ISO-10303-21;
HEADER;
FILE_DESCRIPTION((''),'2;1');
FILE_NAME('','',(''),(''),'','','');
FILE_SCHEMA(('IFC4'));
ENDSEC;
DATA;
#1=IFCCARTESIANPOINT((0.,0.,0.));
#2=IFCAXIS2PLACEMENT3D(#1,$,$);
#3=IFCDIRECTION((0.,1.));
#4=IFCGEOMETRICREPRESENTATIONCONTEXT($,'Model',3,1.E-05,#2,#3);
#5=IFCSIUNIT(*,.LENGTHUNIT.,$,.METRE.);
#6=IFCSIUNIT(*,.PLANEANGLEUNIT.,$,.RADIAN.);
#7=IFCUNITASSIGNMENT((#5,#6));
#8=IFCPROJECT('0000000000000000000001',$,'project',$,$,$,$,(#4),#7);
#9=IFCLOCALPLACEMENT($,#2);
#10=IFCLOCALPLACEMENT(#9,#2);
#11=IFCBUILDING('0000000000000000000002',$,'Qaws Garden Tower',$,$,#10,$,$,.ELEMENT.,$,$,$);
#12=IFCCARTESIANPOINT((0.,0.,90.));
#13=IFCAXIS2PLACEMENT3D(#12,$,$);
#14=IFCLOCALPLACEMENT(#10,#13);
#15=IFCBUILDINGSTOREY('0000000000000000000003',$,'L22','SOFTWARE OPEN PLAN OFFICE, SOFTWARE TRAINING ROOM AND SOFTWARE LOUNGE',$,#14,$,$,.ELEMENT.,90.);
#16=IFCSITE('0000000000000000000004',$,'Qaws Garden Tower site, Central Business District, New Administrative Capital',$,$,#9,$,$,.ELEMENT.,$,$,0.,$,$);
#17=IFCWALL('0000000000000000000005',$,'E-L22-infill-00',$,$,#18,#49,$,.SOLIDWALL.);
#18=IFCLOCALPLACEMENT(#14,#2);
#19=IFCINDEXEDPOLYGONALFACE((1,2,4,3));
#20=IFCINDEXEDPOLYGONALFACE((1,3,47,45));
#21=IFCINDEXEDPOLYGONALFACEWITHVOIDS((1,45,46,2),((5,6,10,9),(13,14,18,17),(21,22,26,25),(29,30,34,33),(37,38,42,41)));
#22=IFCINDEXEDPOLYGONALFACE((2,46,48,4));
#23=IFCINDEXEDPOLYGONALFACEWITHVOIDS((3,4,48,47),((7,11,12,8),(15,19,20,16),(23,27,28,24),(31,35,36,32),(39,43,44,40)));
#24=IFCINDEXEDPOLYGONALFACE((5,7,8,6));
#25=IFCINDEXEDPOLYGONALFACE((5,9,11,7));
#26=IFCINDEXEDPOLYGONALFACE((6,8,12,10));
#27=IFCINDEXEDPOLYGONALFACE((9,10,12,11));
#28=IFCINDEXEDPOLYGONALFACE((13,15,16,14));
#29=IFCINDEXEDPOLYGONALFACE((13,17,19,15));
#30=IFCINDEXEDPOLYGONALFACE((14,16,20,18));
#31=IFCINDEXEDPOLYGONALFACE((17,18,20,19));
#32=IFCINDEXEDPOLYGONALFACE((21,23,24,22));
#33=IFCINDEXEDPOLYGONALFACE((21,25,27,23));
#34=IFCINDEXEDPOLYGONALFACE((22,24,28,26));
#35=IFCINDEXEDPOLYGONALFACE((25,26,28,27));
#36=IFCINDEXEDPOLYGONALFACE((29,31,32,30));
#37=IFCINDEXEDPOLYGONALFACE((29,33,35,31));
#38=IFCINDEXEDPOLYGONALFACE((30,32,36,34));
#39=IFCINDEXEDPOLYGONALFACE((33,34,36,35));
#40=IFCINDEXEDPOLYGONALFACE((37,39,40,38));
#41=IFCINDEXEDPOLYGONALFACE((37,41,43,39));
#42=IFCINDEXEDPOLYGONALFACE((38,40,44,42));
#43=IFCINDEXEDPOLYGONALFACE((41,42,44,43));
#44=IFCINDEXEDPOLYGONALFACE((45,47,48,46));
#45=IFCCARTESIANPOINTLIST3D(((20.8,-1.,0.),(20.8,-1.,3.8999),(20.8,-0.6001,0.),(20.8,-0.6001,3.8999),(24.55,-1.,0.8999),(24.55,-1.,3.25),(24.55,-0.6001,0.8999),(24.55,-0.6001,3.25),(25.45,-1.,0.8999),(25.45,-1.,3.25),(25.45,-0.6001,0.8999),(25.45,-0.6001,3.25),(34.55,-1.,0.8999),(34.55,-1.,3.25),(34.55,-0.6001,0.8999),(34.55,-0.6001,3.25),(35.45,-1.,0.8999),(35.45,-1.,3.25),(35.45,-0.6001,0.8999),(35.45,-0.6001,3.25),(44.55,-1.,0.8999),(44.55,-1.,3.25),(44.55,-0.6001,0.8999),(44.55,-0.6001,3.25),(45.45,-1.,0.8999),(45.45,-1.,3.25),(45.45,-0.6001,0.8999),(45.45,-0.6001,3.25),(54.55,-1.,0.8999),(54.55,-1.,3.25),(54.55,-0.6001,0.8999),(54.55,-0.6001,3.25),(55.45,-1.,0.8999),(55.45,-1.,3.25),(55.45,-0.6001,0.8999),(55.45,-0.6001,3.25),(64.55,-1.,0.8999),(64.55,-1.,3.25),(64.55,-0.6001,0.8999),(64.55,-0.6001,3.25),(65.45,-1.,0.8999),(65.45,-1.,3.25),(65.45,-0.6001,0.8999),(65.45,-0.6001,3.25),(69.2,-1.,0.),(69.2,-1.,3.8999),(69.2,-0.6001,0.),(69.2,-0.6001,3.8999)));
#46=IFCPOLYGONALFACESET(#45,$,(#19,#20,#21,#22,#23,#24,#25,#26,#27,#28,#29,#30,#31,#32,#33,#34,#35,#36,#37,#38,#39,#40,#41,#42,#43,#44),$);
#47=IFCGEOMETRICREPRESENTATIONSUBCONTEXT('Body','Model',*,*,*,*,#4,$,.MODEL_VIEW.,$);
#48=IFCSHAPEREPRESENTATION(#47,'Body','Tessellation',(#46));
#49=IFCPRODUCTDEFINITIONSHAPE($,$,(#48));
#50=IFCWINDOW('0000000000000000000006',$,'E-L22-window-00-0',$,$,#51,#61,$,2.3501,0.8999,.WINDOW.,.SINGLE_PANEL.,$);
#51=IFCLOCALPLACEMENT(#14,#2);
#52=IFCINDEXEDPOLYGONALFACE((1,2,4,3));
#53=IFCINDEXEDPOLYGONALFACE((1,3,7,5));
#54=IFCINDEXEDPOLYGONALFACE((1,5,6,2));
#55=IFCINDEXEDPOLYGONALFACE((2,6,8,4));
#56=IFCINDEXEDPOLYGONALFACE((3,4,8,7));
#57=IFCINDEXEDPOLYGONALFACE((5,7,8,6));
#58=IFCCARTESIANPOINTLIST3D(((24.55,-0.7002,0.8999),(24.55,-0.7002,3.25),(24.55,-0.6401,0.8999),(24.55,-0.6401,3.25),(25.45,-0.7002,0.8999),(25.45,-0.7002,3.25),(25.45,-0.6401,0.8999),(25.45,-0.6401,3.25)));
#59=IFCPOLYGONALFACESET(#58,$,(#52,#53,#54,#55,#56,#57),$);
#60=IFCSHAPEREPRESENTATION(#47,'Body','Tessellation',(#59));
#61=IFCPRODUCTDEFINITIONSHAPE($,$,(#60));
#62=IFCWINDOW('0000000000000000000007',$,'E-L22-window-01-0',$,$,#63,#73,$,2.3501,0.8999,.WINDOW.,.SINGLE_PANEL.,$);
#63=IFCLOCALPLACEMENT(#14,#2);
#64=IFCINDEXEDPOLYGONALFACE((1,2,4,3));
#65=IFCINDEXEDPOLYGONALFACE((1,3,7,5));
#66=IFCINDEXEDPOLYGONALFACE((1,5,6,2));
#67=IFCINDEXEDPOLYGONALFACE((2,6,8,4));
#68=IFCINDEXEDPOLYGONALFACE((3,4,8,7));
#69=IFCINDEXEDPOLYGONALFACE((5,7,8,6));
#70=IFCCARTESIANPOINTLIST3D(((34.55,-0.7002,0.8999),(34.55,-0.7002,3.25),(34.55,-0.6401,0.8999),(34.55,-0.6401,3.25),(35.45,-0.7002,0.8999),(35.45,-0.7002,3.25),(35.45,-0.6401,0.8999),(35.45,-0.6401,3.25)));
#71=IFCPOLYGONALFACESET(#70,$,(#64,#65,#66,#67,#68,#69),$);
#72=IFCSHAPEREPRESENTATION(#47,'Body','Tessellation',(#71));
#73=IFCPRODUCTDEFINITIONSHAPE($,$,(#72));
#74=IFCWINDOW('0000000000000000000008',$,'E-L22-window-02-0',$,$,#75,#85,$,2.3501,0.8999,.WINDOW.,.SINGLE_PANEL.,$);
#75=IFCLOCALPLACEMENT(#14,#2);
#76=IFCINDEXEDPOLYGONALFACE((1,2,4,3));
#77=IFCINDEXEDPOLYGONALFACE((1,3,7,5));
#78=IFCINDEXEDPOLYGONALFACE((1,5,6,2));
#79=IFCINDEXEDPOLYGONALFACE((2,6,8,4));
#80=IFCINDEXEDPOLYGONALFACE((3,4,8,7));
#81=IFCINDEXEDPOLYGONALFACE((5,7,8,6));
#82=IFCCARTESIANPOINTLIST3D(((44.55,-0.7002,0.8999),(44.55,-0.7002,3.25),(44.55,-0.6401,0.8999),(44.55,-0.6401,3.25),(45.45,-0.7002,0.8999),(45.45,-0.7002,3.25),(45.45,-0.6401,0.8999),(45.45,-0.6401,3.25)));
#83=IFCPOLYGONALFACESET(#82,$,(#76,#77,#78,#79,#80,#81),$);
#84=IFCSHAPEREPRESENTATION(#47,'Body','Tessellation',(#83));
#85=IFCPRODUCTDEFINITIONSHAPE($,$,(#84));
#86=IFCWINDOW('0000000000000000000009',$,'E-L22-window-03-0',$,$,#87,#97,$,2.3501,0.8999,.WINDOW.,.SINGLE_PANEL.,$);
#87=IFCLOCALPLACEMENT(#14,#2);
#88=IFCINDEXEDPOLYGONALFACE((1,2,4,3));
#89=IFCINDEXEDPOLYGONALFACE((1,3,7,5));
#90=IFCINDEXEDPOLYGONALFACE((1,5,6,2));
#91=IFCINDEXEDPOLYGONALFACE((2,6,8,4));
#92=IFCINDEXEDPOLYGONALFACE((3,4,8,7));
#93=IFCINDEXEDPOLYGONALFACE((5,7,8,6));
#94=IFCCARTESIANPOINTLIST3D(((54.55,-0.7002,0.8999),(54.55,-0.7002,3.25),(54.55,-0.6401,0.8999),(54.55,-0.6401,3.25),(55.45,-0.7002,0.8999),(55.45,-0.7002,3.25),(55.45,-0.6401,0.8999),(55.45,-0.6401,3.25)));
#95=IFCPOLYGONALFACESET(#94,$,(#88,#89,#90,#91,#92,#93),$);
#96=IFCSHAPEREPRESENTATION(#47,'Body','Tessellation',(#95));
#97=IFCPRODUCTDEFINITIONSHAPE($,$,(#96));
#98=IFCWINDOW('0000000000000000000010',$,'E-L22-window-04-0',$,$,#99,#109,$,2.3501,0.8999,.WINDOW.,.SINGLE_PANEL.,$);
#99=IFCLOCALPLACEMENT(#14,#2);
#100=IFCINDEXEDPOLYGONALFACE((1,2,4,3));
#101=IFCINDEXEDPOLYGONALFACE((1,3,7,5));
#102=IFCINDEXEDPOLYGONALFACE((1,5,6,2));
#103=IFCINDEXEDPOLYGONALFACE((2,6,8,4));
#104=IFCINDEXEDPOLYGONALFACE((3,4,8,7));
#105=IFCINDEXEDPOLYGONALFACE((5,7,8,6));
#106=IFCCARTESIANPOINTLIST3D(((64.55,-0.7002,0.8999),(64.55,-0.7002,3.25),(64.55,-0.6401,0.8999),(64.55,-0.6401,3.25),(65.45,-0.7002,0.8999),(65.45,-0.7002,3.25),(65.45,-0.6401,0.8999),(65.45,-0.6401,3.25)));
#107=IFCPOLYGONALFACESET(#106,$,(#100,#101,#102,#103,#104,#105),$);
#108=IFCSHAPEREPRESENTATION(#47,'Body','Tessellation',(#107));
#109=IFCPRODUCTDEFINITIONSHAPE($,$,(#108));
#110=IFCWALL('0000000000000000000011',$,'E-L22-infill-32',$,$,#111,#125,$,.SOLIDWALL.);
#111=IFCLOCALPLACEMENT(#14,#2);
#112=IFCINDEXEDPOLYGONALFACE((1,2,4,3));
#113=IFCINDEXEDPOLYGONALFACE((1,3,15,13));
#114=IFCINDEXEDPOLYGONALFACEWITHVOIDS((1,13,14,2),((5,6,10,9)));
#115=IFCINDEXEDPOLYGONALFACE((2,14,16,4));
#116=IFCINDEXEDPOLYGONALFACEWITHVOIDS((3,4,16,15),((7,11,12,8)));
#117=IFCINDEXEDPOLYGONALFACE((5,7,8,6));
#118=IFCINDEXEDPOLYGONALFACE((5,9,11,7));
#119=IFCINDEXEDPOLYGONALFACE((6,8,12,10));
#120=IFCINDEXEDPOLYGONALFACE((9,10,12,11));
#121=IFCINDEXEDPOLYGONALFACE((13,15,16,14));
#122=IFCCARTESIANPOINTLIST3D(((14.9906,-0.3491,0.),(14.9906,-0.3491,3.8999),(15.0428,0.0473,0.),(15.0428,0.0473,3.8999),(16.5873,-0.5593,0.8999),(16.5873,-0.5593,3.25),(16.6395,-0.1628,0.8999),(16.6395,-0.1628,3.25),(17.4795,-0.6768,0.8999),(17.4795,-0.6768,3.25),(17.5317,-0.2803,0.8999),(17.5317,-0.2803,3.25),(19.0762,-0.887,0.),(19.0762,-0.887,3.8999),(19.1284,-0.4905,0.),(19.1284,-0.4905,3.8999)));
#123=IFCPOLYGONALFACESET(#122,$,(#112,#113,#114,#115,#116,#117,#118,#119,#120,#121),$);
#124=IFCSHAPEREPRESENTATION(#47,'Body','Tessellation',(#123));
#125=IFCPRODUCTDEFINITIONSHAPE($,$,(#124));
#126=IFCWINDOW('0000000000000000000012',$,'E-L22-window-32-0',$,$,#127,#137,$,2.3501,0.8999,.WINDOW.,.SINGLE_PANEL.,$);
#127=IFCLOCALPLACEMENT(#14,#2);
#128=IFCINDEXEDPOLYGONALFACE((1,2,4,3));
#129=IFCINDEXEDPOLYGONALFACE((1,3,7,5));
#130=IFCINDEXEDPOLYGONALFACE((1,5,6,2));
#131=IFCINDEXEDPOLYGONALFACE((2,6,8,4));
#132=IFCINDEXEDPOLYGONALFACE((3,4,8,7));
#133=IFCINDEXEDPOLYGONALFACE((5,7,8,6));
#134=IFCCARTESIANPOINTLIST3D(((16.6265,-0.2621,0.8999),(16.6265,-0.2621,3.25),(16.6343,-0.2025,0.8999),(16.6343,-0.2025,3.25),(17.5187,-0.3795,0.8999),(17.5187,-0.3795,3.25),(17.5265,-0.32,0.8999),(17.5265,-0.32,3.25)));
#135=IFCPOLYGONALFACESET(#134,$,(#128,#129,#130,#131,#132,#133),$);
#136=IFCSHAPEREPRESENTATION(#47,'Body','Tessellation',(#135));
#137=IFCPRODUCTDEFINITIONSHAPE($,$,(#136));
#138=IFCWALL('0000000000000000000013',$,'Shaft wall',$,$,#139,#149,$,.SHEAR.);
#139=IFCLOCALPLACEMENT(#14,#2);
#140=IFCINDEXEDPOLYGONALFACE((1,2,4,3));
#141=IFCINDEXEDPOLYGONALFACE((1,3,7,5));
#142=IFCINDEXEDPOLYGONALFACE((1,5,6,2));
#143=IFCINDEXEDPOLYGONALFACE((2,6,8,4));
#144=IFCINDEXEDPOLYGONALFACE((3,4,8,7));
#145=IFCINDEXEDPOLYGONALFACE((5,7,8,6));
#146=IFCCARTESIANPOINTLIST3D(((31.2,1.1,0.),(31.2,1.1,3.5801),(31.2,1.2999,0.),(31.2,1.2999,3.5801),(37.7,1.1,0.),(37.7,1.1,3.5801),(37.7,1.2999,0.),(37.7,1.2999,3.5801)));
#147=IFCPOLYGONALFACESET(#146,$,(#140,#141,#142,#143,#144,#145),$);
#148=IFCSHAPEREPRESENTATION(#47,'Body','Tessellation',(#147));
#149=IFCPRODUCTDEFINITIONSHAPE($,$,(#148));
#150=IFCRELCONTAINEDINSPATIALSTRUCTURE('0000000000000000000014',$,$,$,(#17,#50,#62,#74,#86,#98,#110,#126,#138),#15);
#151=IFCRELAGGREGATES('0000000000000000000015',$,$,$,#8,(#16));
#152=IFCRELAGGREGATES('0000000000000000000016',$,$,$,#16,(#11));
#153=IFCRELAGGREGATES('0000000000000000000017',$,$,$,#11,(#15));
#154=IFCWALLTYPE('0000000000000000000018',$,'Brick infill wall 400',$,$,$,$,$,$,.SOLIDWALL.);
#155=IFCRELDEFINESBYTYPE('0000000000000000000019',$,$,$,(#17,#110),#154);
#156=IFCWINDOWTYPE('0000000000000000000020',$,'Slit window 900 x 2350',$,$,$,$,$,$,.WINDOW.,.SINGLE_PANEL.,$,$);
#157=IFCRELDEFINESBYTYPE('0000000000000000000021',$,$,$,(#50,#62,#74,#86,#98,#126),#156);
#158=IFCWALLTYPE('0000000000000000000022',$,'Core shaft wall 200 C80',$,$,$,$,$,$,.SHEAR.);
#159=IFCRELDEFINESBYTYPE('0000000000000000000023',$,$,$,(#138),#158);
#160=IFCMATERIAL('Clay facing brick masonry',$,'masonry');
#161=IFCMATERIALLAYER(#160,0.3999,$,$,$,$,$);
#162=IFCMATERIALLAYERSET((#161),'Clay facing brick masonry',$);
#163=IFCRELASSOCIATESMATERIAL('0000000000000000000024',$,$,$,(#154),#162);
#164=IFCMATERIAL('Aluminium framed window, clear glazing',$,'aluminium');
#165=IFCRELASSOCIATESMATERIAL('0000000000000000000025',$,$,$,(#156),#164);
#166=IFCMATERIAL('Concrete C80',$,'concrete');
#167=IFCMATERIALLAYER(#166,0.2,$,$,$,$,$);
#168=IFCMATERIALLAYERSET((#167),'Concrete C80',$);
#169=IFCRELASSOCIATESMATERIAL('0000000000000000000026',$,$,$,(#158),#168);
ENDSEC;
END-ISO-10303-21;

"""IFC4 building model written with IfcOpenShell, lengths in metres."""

from ifc_helpers import new_model, si_unit, direction, frame, frame_2d, origin, place, context, subcontext, project, spatial, rectangle, extrude, material, layer, layer_set, type_object, element, fill, save


model = new_model("IFC4")

# Units and contexts
model_context = context("Model", 3, precision=1e-05, world=origin(), true_north=direction((0.0, 1.0)))
body_context = subcontext(model_context, "Body", "Model", "MODEL_VIEW")
ifc_project = project(units=[si_unit("LENGTHUNIT", "METRE"), si_unit("PLANEANGLEUNIT", "RADIAN")], contexts=[model_context])

# Site, building, storey
site_placement = place(None, origin())
site = spatial("IfcSite", under=ifc_project, at=site_placement, Name="Qaws Garden Tower site, Central Business District, New Administrative Capital", CompositionType="ELEMENT", RefElevation=0.0)
building_placement = place(site_placement, origin())
building = spatial("IfcBuilding", under=site, at=building_placement, Name="Qaws Garden Tower", CompositionType="ELEMENT")
storey_placement = place(building_placement, frame((0.0, 0.0, 90.0)))
storey = spatial("IfcBuildingStorey", under=building, at=storey_placement, Name="L22", Description="SOFTWARE OPEN PLAN OFFICE, SOFTWARE TRAINING ROOM AND SOFTWARE LOUNGE", CompositionType="ELEMENT", Elevation=90.0)

# Wall, openings, windows
ifc_material_1 = material(Name="Clay facing brick masonry", Category="masonry")
ifc_layer_1 = layer(ifc_material_1, 0.3999)
ifc_layer_set_1 = layer_set([ifc_layer_1], Name="Clay facing brick masonry")
wall_type_1 = type_object("IfcWallType", Name="Brick infill wall 400", PredefinedType="SOLIDWALL", material=ifc_layer_set_1)
wall_1_placement = place(storey_placement, frame((20.8, -0.8, 0.0), z_axis=(0.0, 0.0, 1.0), x_axis=(1.0, 0.0, 0.0)))
wall_1 = element("IfcWall", 1, at=wall_1_placement, inside=storey, type_object=wall_type_1, Name="E-L22-infill-00", PredefinedType="SOLIDWALL", context=body_context, shape_type="SweptSolid", body=[
    extrude(rectangle(XDim=48.3999, YDim=0.3999, at=frame_2d((24.2, 0.0))), origin(), (0.0, 0.0, 1.0), 3.8999),
])
opening_1_placement = place(wall_1_placement, frame((3.75, 0.0, 0.8999)))
opening_1 = element("IfcOpeningElement", 2, at=opening_1_placement, cuts=wall_1, PredefinedType="OPENING", context=body_context, shape_type="SweptSolid", body=[
    extrude(rectangle(XDim=0.8999, YDim=2.3501, at=frame_2d((0.45, 1.175))), frame((0.0, 0.21, 0.0), z_axis=(0.0, -1.0, 0.0), x_axis=(1.0, 0.0, 0.0)), (0.0, 0.0, 1.0), 0.4199),
])
opening_2_placement = place(wall_1_placement, frame((13.75, 0.0, 0.8999)))
opening_2 = element("IfcOpeningElement", 3, at=opening_2_placement, cuts=wall_1, PredefinedType="OPENING", context=body_context, shape_type="SweptSolid", body=[
    extrude(rectangle(XDim=0.8999, YDim=2.3501, at=frame_2d((0.45, 1.175))), frame((0.0, 0.21, 0.0), z_axis=(0.0, -1.0, 0.0), x_axis=(1.0, 0.0, 0.0)), (0.0, 0.0, 1.0), 0.4199),
])
opening_3_placement = place(wall_1_placement, frame((23.75, 0.0, 0.8999)))
opening_3 = element("IfcOpeningElement", 4, at=opening_3_placement, cuts=wall_1, PredefinedType="OPENING", context=body_context, shape_type="SweptSolid", body=[
    extrude(rectangle(XDim=0.8999, YDim=2.3501, at=frame_2d((0.45, 1.175))), frame((0.0, 0.21, 0.0), z_axis=(0.0, -1.0, 0.0), x_axis=(1.0, 0.0, 0.0)), (0.0, 0.0, 1.0), 0.4199),
])
opening_4_placement = place(wall_1_placement, frame((33.75, 0.0, 0.8999)))
opening_4 = element("IfcOpeningElement", 5, at=opening_4_placement, cuts=wall_1, PredefinedType="OPENING", context=body_context, shape_type="SweptSolid", body=[
    extrude(rectangle(XDim=0.8999, YDim=2.3501, at=frame_2d((0.45, 1.175))), frame((0.0, 0.21, 0.0), z_axis=(0.0, -1.0, 0.0), x_axis=(1.0, 0.0, 0.0)), (0.0, 0.0, 1.0), 0.4199),
])
opening_5_placement = place(wall_1_placement, frame((43.75, 0.0, 0.8999)))
opening_5 = element("IfcOpeningElement", 6, at=opening_5_placement, cuts=wall_1, PredefinedType="OPENING", context=body_context, shape_type="SweptSolid", body=[
    extrude(rectangle(XDim=0.8999, YDim=2.3501, at=frame_2d((0.45, 1.175))), frame((0.0, 0.21, 0.0), z_axis=(0.0, -1.0, 0.0), x_axis=(1.0, 0.0, 0.0)), (0.0, 0.0, 1.0), 0.4199),
])
ifc_material_2 = material(Name="Aluminium framed window, clear glazing", Category="aluminium")
window_type = type_object("IfcWindowType", Name="Slit window 900 x 2350", PartitioningType="SINGLE_PANEL", PredefinedType="WINDOW", material=ifc_material_2)
window_1_placement = place(opening_1_placement, origin())
window_1 = element("IfcWindow", 7, at=window_1_placement, inside=storey, type_object=window_type, Name="E-L22-window-00-0", OverallHeight=2.3501, OverallWidth=0.8999, PartitioningType="SINGLE_PANEL", PredefinedType="WINDOW", context=body_context, shape_type="SweptSolid", body=[
    extrude(rectangle(XDim=0.8999, YDim=2.3501, at=frame_2d((0.45, 1.175))), frame((0.0, 0.1599, 0.0), z_axis=(0.0, -1.0, 0.0), x_axis=(1.0, 0.0, 0.0)), (0.0, 0.0, 1.0), 0.0601),
])
fill(opening_1, window_1)
window_2_placement = place(opening_2_placement, origin())
window_2 = element("IfcWindow", 8, at=window_2_placement, inside=storey, type_object=window_type, Name="E-L22-window-01-0", OverallHeight=2.3501, OverallWidth=0.8999, PartitioningType="SINGLE_PANEL", PredefinedType="WINDOW", context=body_context, shape_type="SweptSolid", body=[
    extrude(rectangle(XDim=0.8999, YDim=2.3501, at=frame_2d((0.45, 1.175))), frame((0.0, 0.1599, 0.0), z_axis=(0.0, -1.0, 0.0), x_axis=(1.0, 0.0, 0.0)), (0.0, 0.0, 1.0), 0.0601),
])
fill(opening_2, window_2)
window_3_placement = place(opening_3_placement, origin())
window_3 = element("IfcWindow", 9, at=window_3_placement, inside=storey, type_object=window_type, Name="E-L22-window-02-0", OverallHeight=2.3501, OverallWidth=0.8999, PartitioningType="SINGLE_PANEL", PredefinedType="WINDOW", context=body_context, shape_type="SweptSolid", body=[
    extrude(rectangle(XDim=0.8999, YDim=2.3501, at=frame_2d((0.45, 1.175))), frame((0.0, 0.1599, 0.0), z_axis=(0.0, -1.0, 0.0), x_axis=(1.0, 0.0, 0.0)), (0.0, 0.0, 1.0), 0.0601),
])
fill(opening_3, window_3)
window_4_placement = place(opening_4_placement, origin())
window_4 = element("IfcWindow", 10, at=window_4_placement, inside=storey, type_object=window_type, Name="E-L22-window-03-0", OverallHeight=2.3501, OverallWidth=0.8999, PartitioningType="SINGLE_PANEL", PredefinedType="WINDOW", context=body_context, shape_type="SweptSolid", body=[
    extrude(rectangle(XDim=0.8999, YDim=2.3501, at=frame_2d((0.45, 1.175))), frame((0.0, 0.1599, 0.0), z_axis=(0.0, -1.0, 0.0), x_axis=(1.0, 0.0, 0.0)), (0.0, 0.0, 1.0), 0.0601),
])
fill(opening_4, window_4)
window_5_placement = place(opening_5_placement, origin())
window_5 = element("IfcWindow", 11, at=window_5_placement, inside=storey, type_object=window_type, Name="E-L22-window-04-0", OverallHeight=2.3501, OverallWidth=0.8999, PartitioningType="SINGLE_PANEL", PredefinedType="WINDOW", context=body_context, shape_type="SweptSolid", body=[
    extrude(rectangle(XDim=0.8999, YDim=2.3501, at=frame_2d((0.45, 1.175))), frame((0.0, 0.1599, 0.0), z_axis=(0.0, -1.0, 0.0), x_axis=(1.0, 0.0, 0.0)), (0.0, 0.0, 1.0), 0.0601),
])
fill(opening_5, window_5)

# Wall, opening, window
wall_2_placement = place(storey_placement, frame((15.0166, -0.1509, 0.0), z_axis=(0.0, 0.0, 1.0), x_axis=(0.991446, -0.130514, 0.0)))
wall_2 = element("IfcWall", 12, at=wall_2_placement, inside=storey, type_object=wall_type_1, Name="E-L22-infill-32", PredefinedType="SOLIDWALL", context=body_context, shape_type="SweptSolid", body=[
    extrude(rectangle(XDim=4.1208, YDim=0.3999, at=frame_2d((2.0605, 0.0))), origin(), (0.0, 0.0, 1.0), 3.8999),
])
opening_6_placement = place(wall_2_placement, frame((1.6106, 0.0, 0.8999)))
opening_6 = element("IfcOpeningElement", 13, at=opening_6_placement, cuts=wall_2, PredefinedType="OPENING", context=body_context, shape_type="SweptSolid", body=[
    extrude(rectangle(XDim=0.8999, YDim=2.3501, at=frame_2d((0.45, 1.175))), frame((0.0, 0.21, 0.0), z_axis=(0.0, -1.0, 0.0), x_axis=(1.0, 0.0, 0.0)), (0.0, 0.0, 1.0), 0.4199),
])
window_6_placement = place(opening_6_placement, origin())
window_6 = element("IfcWindow", 14, at=window_6_placement, inside=storey, type_object=window_type, Name="E-L22-window-32-0", OverallHeight=2.3501, OverallWidth=0.8999, PartitioningType="SINGLE_PANEL", PredefinedType="WINDOW", context=body_context, shape_type="SweptSolid", body=[
    extrude(rectangle(XDim=0.8999, YDim=2.3501, at=frame_2d((0.45, 1.175))), frame((0.0, 0.1599, 0.0), z_axis=(0.0, -1.0, 0.0), x_axis=(1.0, 0.0, 0.0)), (0.0, 0.0, 1.0), 0.0601),
])
fill(opening_6, window_6)

# Wall
ifc_material_3 = material(Name="Concrete C80", Category="concrete")
ifc_layer_2 = layer(ifc_material_3, 0.2)
ifc_layer_set_2 = layer_set([ifc_layer_2], Name="Concrete C80")
wall_type_2 = type_object("IfcWallType", Name="Core shaft wall 200 C80", PredefinedType="SHEAR", material=ifc_layer_set_2)
wall_3_placement = place(storey_placement, frame((31.2, 1.2, 0.0), z_axis=(0.0, 0.0, 1.0), x_axis=(1.0, 0.0, 0.0)))
element("IfcWall", 15, at=wall_3_placement, inside=storey, type_object=wall_type_2, Name="Shaft wall", PredefinedType="SHEAR", context=body_context, shape_type="SweptSolid", body=[
    extrude(rectangle(XDim=6.5, YDim=0.2, at=frame_2d((3.25, 0.0))), origin(), (0.0, 0.0, 1.0), 3.5801),
])

save(model, "model.ifc")
